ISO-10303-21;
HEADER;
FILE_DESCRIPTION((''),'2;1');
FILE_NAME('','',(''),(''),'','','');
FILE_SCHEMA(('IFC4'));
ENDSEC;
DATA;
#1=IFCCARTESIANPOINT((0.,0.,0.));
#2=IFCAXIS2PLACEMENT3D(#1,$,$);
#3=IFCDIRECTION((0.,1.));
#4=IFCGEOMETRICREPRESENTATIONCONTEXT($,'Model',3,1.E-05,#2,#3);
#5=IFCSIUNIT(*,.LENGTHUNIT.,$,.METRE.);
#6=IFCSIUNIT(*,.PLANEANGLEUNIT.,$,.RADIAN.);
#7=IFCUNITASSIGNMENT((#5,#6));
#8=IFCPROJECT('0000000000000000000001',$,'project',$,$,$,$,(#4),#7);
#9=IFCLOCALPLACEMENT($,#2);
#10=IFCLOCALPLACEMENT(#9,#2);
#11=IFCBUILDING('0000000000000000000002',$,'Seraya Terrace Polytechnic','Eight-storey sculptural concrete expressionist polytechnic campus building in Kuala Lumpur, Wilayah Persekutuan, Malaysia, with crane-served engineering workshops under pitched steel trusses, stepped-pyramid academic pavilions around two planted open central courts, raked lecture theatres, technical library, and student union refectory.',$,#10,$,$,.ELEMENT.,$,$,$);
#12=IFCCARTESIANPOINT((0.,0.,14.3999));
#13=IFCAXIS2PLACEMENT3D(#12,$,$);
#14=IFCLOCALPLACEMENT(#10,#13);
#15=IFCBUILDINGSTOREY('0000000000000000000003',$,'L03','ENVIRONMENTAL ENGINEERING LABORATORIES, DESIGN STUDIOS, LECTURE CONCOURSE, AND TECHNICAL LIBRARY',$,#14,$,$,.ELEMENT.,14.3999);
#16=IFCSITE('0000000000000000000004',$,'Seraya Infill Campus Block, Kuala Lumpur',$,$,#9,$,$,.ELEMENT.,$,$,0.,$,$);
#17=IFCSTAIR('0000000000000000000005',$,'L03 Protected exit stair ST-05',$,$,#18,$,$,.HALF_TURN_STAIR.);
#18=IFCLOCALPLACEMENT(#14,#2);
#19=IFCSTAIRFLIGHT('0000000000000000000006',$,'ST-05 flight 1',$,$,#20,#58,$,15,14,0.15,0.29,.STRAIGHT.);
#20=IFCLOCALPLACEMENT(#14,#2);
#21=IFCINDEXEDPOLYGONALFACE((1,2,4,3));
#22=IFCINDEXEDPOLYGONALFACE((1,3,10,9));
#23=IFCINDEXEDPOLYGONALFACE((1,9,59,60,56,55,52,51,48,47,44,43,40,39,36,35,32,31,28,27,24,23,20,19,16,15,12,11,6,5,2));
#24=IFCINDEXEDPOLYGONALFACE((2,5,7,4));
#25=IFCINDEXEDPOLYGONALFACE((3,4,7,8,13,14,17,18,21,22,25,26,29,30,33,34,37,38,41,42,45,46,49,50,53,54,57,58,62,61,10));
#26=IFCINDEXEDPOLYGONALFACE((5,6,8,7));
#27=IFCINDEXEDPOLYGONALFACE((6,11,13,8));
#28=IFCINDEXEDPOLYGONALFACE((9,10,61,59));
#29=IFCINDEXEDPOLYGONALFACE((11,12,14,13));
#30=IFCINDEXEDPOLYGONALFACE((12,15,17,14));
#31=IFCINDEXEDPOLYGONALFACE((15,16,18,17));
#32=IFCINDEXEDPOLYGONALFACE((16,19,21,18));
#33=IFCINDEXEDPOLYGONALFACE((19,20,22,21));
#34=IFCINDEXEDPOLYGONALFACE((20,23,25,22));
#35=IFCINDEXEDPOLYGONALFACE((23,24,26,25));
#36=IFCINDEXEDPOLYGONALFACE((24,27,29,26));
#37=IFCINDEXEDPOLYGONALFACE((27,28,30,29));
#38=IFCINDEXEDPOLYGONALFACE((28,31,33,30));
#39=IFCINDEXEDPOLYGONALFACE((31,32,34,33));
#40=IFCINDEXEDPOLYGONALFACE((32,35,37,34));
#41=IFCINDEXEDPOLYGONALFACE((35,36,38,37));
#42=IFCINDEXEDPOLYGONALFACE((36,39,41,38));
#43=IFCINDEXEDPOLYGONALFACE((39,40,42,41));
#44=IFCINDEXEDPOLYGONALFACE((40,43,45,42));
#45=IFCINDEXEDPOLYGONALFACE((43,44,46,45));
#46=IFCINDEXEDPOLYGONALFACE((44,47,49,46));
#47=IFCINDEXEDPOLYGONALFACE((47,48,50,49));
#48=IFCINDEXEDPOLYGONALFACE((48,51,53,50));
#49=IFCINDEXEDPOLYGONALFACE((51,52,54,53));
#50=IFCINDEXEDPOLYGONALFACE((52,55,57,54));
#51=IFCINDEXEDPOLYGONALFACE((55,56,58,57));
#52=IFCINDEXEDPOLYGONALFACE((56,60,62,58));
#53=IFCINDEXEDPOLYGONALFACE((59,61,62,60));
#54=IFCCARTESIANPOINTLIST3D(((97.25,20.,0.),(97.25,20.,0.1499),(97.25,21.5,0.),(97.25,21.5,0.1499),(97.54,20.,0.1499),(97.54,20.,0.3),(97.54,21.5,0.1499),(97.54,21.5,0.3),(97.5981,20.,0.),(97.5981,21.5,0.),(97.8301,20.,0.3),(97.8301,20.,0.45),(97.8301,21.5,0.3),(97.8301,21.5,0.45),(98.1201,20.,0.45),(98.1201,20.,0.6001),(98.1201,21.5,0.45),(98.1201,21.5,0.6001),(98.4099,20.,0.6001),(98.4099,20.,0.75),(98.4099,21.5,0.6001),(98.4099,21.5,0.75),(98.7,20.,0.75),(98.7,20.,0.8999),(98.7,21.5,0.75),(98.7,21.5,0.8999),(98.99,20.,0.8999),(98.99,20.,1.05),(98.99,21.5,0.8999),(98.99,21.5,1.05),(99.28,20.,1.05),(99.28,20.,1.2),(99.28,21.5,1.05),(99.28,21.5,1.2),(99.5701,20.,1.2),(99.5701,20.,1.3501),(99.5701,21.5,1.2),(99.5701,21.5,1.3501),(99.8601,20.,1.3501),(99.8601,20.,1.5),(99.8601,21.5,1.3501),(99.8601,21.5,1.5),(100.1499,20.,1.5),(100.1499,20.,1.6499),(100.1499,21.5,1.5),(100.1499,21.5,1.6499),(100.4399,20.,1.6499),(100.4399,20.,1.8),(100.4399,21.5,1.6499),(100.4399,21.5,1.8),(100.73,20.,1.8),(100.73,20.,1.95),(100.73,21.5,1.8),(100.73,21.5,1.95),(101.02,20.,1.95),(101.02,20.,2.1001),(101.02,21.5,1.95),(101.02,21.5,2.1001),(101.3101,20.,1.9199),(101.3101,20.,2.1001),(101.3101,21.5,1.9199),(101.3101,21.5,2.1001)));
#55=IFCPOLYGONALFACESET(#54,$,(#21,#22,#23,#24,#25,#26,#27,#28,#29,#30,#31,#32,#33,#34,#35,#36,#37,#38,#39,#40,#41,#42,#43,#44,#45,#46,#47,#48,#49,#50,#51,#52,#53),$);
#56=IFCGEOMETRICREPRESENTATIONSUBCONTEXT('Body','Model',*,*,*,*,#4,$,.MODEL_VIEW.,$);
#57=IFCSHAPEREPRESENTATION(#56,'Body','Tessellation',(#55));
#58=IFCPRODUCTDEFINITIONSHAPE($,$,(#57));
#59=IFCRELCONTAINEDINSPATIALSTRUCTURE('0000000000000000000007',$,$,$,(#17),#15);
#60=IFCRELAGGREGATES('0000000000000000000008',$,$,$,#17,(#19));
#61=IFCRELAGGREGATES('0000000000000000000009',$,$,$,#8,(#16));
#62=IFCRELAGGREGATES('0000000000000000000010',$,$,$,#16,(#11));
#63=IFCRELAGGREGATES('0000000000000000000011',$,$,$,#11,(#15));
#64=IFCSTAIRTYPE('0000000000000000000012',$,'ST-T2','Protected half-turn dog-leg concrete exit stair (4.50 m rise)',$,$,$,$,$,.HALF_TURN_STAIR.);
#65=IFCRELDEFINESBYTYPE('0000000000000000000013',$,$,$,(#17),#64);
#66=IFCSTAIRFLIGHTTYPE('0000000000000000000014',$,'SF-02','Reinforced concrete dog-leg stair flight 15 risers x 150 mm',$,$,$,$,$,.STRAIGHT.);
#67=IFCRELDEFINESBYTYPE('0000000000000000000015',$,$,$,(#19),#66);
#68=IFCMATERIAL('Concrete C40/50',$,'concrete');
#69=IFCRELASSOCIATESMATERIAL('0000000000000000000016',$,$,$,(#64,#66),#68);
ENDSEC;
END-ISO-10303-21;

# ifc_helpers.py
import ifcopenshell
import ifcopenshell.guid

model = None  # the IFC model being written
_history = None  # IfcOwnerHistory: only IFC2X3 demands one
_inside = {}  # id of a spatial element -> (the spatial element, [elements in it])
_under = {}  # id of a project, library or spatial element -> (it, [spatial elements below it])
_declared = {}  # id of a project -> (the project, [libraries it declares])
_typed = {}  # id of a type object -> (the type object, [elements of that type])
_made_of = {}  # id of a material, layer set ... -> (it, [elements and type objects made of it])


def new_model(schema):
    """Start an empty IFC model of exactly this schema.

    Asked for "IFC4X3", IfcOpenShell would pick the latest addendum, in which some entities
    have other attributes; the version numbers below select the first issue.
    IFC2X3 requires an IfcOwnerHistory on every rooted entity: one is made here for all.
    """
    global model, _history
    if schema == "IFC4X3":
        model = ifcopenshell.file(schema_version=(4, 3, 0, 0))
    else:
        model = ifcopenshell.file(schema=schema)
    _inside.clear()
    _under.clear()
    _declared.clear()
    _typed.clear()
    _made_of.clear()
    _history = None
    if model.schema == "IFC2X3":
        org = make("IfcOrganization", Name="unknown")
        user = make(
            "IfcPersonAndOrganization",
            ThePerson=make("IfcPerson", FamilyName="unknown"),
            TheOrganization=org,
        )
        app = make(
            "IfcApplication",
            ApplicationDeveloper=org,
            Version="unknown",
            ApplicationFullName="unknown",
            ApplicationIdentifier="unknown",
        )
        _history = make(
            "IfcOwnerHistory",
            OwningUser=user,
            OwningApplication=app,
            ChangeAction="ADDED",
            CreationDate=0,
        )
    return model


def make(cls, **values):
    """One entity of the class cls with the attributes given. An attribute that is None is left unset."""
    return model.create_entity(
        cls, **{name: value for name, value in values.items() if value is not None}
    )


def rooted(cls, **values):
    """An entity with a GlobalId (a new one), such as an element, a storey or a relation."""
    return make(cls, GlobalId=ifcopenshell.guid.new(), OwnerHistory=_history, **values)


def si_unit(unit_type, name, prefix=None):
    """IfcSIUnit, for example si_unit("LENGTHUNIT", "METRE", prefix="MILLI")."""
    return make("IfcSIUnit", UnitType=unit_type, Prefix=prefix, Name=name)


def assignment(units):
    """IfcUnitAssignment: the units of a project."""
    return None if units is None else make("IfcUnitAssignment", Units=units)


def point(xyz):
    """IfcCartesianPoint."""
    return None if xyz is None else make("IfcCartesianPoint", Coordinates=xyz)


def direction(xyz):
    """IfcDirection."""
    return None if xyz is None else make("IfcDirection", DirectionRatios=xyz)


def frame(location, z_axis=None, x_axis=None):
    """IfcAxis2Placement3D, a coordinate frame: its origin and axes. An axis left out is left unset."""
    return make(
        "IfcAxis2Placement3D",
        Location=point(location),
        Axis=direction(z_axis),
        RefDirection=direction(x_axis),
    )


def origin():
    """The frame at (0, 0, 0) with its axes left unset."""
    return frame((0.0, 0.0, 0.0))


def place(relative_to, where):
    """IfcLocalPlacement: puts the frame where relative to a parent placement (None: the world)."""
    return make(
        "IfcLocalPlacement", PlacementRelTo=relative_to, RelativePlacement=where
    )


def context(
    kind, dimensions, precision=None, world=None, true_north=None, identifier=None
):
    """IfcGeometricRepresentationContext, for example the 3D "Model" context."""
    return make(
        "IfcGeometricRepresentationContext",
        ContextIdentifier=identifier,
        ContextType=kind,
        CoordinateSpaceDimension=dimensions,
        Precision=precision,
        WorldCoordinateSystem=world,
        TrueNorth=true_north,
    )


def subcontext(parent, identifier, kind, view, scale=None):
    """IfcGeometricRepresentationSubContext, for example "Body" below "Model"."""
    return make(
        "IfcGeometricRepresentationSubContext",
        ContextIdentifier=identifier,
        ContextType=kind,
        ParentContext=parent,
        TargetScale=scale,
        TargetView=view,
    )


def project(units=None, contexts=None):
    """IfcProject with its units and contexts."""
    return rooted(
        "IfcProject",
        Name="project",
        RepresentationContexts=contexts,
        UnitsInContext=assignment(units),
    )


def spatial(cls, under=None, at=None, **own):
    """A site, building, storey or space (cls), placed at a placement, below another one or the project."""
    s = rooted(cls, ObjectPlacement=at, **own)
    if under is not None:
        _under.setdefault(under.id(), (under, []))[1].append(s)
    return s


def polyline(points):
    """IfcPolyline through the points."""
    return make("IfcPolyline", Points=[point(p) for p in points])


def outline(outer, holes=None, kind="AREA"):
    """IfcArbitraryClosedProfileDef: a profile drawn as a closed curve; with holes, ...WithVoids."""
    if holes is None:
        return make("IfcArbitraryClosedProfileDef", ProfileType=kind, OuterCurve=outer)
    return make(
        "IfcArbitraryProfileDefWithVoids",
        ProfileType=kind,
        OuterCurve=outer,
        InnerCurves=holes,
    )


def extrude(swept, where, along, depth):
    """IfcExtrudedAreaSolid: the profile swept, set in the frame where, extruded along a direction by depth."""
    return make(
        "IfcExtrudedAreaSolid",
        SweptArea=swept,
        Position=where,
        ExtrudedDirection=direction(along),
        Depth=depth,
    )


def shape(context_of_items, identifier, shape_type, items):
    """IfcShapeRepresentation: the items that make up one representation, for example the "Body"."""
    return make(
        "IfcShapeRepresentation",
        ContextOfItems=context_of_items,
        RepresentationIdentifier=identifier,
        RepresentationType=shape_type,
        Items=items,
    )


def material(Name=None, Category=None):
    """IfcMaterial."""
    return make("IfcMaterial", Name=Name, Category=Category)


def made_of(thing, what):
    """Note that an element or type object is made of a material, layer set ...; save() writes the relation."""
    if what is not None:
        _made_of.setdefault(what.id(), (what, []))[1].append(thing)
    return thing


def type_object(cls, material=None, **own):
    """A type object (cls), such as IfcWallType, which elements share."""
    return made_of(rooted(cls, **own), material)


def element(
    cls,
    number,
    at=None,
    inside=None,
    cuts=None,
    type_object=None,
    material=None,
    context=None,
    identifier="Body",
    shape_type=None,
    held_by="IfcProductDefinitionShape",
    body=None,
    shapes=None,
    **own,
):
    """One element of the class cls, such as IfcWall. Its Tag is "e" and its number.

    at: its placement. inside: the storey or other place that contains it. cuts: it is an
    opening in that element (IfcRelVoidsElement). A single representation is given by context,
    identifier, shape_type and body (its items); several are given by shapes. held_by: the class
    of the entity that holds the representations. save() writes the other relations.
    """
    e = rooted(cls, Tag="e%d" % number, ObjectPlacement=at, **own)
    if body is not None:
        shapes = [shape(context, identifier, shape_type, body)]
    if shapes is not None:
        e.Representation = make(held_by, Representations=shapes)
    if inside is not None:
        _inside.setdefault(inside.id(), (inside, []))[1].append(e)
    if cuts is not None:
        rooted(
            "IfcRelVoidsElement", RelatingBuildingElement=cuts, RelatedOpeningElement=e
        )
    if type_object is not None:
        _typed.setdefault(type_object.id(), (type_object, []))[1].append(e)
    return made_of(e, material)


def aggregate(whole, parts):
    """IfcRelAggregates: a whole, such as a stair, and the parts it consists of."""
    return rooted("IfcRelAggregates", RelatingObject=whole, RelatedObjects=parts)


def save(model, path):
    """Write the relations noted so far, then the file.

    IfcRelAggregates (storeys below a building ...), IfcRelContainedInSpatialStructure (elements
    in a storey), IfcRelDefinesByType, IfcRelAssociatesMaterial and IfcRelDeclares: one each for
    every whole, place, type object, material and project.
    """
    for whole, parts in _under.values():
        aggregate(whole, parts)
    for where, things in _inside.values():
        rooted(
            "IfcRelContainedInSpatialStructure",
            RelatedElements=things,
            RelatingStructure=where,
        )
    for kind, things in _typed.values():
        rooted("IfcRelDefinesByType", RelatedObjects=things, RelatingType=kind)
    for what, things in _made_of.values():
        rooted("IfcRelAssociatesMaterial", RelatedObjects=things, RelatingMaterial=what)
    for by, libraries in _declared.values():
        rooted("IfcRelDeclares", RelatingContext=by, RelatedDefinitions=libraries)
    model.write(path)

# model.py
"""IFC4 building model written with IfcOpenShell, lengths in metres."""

from ifc_helpers import new_model, si_unit, direction, frame, origin, place, context, subcontext, project, spatial, polyline, outline, extrude, material, type_object, element, aggregate, save


model = new_model("IFC4")

# Units and contexts
model_context = context("Model", 3, precision=1e-05, world=origin(), true_north=direction((0.0, 1.0)))
body_context = subcontext(model_context, "Body", "Model", "MODEL_VIEW")
ifc_project = project(units=[si_unit("LENGTHUNIT", "METRE"), si_unit("PLANEANGLEUNIT", "RADIAN")], contexts=[model_context])

# Site, building, storey
site_placement = place(None, origin())
site = spatial("IfcSite", under=ifc_project, at=site_placement, Name="Seraya Infill Campus Block, Kuala Lumpur", CompositionType="ELEMENT", RefElevation=0.0)
building_placement = place(site_placement, origin())
building = spatial("IfcBuilding", under=site, at=building_placement, Name="Seraya Terrace Polytechnic", Description="Eight-storey sculptural concrete expressionist polytechnic campus building in Kuala Lumpur, Wilayah Persekutuan, Malaysia, with crane-served engineering workshops under pitched steel trusses, stepped-pyramid academic pavilions around two planted open central courts, raked lecture theatres, technical library, and student union refectory.", CompositionType="ELEMENT")
storey_placement = place(building_placement, frame((0.0, 0.0, 14.3999)))
storey = spatial("IfcBuildingStorey", under=building, at=storey_placement, Name="L03", Description="ENVIRONMENTAL ENGINEERING LABORATORIES, DESIGN STUDIOS, LECTURE CONCOURSE, AND TECHNICAL LIBRARY", CompositionType="ELEMENT", Elevation=14.3999)

# Shared definitions
ifc_material_1 = material(Name="Concrete C40/50", Category="concrete")

# Stair, stair flight
stair_type = type_object("IfcStairType", Name="ST-T2", Description="Protected half-turn dog-leg concrete exit stair (4.50 m rise)", PredefinedType="HALF_TURN_STAIR", material=ifc_material_1)
stair_placement = place(storey_placement, origin())
stair = element("IfcStair", 1, at=stair_placement, inside=storey, type_object=stair_type, Name="L03 Protected exit stair ST-05", PredefinedType="HALF_TURN_STAIR")
stair_flight_type = type_object("IfcStairFlightType", Name="SF-02", Description="Reinforced concrete dog-leg stair flight 15 risers x 150 mm", PredefinedType="STRAIGHT", material=ifc_material_1)
stair_flight_placement = place(storey_placement, frame((97.25, 20.75, 0.0), z_axis=(0.0, 0.0, 1.0), x_axis=(1.0, 0.0, 0.0)))
stair_flight = element("IfcStairFlight", 2, at=stair_flight_placement, type_object=stair_flight_type, Name="ST-05 flight 1", NumberOfRisers=15, NumberOfTreads=14, PredefinedType="STRAIGHT", RiserHeight=0.15, TreadLength=0.29, context=body_context, shape_type="SweptSolid", body=[
    extrude(outline(polyline([(0.0, 0.0), (0.0, 0.1499), (0.29, 0.1499), (0.29, 0.3), (0.5801, 0.3), (0.5801, 0.45), (0.8701, 0.45), (0.8701, 0.6001), (1.1599, 0.6001), (1.1599, 0.75), (1.45, 0.75), (1.45, 0.8999), (1.74, 0.8999), (1.74, 1.05), (2.03, 1.05), (2.03, 1.2), (2.3201, 1.2), (2.3201, 1.3501), (2.6101, 1.3501), (2.6101, 1.5), (2.8999, 1.5), (2.8999, 1.6499), (3.1899, 1.6499), (3.1899, 1.8), (3.48, 1.8), (3.48, 1.95), (3.77, 1.95), (3.77, 2.1001), (4.0601, 2.1001), (4.0601, 2.25), (4.0601, 1.9199), (0.3481, 0.0), (0.0, 0.0)])), frame((0.0, 0.75, 0.0), z_axis=(0.0, -1.0, 0.0), x_axis=(1.0, 0.0, 0.0)), (0.0, 0.0, 1.0), 1.5),
])
aggregate(stair, [stair_flight])

save(model, "model.ifc")
